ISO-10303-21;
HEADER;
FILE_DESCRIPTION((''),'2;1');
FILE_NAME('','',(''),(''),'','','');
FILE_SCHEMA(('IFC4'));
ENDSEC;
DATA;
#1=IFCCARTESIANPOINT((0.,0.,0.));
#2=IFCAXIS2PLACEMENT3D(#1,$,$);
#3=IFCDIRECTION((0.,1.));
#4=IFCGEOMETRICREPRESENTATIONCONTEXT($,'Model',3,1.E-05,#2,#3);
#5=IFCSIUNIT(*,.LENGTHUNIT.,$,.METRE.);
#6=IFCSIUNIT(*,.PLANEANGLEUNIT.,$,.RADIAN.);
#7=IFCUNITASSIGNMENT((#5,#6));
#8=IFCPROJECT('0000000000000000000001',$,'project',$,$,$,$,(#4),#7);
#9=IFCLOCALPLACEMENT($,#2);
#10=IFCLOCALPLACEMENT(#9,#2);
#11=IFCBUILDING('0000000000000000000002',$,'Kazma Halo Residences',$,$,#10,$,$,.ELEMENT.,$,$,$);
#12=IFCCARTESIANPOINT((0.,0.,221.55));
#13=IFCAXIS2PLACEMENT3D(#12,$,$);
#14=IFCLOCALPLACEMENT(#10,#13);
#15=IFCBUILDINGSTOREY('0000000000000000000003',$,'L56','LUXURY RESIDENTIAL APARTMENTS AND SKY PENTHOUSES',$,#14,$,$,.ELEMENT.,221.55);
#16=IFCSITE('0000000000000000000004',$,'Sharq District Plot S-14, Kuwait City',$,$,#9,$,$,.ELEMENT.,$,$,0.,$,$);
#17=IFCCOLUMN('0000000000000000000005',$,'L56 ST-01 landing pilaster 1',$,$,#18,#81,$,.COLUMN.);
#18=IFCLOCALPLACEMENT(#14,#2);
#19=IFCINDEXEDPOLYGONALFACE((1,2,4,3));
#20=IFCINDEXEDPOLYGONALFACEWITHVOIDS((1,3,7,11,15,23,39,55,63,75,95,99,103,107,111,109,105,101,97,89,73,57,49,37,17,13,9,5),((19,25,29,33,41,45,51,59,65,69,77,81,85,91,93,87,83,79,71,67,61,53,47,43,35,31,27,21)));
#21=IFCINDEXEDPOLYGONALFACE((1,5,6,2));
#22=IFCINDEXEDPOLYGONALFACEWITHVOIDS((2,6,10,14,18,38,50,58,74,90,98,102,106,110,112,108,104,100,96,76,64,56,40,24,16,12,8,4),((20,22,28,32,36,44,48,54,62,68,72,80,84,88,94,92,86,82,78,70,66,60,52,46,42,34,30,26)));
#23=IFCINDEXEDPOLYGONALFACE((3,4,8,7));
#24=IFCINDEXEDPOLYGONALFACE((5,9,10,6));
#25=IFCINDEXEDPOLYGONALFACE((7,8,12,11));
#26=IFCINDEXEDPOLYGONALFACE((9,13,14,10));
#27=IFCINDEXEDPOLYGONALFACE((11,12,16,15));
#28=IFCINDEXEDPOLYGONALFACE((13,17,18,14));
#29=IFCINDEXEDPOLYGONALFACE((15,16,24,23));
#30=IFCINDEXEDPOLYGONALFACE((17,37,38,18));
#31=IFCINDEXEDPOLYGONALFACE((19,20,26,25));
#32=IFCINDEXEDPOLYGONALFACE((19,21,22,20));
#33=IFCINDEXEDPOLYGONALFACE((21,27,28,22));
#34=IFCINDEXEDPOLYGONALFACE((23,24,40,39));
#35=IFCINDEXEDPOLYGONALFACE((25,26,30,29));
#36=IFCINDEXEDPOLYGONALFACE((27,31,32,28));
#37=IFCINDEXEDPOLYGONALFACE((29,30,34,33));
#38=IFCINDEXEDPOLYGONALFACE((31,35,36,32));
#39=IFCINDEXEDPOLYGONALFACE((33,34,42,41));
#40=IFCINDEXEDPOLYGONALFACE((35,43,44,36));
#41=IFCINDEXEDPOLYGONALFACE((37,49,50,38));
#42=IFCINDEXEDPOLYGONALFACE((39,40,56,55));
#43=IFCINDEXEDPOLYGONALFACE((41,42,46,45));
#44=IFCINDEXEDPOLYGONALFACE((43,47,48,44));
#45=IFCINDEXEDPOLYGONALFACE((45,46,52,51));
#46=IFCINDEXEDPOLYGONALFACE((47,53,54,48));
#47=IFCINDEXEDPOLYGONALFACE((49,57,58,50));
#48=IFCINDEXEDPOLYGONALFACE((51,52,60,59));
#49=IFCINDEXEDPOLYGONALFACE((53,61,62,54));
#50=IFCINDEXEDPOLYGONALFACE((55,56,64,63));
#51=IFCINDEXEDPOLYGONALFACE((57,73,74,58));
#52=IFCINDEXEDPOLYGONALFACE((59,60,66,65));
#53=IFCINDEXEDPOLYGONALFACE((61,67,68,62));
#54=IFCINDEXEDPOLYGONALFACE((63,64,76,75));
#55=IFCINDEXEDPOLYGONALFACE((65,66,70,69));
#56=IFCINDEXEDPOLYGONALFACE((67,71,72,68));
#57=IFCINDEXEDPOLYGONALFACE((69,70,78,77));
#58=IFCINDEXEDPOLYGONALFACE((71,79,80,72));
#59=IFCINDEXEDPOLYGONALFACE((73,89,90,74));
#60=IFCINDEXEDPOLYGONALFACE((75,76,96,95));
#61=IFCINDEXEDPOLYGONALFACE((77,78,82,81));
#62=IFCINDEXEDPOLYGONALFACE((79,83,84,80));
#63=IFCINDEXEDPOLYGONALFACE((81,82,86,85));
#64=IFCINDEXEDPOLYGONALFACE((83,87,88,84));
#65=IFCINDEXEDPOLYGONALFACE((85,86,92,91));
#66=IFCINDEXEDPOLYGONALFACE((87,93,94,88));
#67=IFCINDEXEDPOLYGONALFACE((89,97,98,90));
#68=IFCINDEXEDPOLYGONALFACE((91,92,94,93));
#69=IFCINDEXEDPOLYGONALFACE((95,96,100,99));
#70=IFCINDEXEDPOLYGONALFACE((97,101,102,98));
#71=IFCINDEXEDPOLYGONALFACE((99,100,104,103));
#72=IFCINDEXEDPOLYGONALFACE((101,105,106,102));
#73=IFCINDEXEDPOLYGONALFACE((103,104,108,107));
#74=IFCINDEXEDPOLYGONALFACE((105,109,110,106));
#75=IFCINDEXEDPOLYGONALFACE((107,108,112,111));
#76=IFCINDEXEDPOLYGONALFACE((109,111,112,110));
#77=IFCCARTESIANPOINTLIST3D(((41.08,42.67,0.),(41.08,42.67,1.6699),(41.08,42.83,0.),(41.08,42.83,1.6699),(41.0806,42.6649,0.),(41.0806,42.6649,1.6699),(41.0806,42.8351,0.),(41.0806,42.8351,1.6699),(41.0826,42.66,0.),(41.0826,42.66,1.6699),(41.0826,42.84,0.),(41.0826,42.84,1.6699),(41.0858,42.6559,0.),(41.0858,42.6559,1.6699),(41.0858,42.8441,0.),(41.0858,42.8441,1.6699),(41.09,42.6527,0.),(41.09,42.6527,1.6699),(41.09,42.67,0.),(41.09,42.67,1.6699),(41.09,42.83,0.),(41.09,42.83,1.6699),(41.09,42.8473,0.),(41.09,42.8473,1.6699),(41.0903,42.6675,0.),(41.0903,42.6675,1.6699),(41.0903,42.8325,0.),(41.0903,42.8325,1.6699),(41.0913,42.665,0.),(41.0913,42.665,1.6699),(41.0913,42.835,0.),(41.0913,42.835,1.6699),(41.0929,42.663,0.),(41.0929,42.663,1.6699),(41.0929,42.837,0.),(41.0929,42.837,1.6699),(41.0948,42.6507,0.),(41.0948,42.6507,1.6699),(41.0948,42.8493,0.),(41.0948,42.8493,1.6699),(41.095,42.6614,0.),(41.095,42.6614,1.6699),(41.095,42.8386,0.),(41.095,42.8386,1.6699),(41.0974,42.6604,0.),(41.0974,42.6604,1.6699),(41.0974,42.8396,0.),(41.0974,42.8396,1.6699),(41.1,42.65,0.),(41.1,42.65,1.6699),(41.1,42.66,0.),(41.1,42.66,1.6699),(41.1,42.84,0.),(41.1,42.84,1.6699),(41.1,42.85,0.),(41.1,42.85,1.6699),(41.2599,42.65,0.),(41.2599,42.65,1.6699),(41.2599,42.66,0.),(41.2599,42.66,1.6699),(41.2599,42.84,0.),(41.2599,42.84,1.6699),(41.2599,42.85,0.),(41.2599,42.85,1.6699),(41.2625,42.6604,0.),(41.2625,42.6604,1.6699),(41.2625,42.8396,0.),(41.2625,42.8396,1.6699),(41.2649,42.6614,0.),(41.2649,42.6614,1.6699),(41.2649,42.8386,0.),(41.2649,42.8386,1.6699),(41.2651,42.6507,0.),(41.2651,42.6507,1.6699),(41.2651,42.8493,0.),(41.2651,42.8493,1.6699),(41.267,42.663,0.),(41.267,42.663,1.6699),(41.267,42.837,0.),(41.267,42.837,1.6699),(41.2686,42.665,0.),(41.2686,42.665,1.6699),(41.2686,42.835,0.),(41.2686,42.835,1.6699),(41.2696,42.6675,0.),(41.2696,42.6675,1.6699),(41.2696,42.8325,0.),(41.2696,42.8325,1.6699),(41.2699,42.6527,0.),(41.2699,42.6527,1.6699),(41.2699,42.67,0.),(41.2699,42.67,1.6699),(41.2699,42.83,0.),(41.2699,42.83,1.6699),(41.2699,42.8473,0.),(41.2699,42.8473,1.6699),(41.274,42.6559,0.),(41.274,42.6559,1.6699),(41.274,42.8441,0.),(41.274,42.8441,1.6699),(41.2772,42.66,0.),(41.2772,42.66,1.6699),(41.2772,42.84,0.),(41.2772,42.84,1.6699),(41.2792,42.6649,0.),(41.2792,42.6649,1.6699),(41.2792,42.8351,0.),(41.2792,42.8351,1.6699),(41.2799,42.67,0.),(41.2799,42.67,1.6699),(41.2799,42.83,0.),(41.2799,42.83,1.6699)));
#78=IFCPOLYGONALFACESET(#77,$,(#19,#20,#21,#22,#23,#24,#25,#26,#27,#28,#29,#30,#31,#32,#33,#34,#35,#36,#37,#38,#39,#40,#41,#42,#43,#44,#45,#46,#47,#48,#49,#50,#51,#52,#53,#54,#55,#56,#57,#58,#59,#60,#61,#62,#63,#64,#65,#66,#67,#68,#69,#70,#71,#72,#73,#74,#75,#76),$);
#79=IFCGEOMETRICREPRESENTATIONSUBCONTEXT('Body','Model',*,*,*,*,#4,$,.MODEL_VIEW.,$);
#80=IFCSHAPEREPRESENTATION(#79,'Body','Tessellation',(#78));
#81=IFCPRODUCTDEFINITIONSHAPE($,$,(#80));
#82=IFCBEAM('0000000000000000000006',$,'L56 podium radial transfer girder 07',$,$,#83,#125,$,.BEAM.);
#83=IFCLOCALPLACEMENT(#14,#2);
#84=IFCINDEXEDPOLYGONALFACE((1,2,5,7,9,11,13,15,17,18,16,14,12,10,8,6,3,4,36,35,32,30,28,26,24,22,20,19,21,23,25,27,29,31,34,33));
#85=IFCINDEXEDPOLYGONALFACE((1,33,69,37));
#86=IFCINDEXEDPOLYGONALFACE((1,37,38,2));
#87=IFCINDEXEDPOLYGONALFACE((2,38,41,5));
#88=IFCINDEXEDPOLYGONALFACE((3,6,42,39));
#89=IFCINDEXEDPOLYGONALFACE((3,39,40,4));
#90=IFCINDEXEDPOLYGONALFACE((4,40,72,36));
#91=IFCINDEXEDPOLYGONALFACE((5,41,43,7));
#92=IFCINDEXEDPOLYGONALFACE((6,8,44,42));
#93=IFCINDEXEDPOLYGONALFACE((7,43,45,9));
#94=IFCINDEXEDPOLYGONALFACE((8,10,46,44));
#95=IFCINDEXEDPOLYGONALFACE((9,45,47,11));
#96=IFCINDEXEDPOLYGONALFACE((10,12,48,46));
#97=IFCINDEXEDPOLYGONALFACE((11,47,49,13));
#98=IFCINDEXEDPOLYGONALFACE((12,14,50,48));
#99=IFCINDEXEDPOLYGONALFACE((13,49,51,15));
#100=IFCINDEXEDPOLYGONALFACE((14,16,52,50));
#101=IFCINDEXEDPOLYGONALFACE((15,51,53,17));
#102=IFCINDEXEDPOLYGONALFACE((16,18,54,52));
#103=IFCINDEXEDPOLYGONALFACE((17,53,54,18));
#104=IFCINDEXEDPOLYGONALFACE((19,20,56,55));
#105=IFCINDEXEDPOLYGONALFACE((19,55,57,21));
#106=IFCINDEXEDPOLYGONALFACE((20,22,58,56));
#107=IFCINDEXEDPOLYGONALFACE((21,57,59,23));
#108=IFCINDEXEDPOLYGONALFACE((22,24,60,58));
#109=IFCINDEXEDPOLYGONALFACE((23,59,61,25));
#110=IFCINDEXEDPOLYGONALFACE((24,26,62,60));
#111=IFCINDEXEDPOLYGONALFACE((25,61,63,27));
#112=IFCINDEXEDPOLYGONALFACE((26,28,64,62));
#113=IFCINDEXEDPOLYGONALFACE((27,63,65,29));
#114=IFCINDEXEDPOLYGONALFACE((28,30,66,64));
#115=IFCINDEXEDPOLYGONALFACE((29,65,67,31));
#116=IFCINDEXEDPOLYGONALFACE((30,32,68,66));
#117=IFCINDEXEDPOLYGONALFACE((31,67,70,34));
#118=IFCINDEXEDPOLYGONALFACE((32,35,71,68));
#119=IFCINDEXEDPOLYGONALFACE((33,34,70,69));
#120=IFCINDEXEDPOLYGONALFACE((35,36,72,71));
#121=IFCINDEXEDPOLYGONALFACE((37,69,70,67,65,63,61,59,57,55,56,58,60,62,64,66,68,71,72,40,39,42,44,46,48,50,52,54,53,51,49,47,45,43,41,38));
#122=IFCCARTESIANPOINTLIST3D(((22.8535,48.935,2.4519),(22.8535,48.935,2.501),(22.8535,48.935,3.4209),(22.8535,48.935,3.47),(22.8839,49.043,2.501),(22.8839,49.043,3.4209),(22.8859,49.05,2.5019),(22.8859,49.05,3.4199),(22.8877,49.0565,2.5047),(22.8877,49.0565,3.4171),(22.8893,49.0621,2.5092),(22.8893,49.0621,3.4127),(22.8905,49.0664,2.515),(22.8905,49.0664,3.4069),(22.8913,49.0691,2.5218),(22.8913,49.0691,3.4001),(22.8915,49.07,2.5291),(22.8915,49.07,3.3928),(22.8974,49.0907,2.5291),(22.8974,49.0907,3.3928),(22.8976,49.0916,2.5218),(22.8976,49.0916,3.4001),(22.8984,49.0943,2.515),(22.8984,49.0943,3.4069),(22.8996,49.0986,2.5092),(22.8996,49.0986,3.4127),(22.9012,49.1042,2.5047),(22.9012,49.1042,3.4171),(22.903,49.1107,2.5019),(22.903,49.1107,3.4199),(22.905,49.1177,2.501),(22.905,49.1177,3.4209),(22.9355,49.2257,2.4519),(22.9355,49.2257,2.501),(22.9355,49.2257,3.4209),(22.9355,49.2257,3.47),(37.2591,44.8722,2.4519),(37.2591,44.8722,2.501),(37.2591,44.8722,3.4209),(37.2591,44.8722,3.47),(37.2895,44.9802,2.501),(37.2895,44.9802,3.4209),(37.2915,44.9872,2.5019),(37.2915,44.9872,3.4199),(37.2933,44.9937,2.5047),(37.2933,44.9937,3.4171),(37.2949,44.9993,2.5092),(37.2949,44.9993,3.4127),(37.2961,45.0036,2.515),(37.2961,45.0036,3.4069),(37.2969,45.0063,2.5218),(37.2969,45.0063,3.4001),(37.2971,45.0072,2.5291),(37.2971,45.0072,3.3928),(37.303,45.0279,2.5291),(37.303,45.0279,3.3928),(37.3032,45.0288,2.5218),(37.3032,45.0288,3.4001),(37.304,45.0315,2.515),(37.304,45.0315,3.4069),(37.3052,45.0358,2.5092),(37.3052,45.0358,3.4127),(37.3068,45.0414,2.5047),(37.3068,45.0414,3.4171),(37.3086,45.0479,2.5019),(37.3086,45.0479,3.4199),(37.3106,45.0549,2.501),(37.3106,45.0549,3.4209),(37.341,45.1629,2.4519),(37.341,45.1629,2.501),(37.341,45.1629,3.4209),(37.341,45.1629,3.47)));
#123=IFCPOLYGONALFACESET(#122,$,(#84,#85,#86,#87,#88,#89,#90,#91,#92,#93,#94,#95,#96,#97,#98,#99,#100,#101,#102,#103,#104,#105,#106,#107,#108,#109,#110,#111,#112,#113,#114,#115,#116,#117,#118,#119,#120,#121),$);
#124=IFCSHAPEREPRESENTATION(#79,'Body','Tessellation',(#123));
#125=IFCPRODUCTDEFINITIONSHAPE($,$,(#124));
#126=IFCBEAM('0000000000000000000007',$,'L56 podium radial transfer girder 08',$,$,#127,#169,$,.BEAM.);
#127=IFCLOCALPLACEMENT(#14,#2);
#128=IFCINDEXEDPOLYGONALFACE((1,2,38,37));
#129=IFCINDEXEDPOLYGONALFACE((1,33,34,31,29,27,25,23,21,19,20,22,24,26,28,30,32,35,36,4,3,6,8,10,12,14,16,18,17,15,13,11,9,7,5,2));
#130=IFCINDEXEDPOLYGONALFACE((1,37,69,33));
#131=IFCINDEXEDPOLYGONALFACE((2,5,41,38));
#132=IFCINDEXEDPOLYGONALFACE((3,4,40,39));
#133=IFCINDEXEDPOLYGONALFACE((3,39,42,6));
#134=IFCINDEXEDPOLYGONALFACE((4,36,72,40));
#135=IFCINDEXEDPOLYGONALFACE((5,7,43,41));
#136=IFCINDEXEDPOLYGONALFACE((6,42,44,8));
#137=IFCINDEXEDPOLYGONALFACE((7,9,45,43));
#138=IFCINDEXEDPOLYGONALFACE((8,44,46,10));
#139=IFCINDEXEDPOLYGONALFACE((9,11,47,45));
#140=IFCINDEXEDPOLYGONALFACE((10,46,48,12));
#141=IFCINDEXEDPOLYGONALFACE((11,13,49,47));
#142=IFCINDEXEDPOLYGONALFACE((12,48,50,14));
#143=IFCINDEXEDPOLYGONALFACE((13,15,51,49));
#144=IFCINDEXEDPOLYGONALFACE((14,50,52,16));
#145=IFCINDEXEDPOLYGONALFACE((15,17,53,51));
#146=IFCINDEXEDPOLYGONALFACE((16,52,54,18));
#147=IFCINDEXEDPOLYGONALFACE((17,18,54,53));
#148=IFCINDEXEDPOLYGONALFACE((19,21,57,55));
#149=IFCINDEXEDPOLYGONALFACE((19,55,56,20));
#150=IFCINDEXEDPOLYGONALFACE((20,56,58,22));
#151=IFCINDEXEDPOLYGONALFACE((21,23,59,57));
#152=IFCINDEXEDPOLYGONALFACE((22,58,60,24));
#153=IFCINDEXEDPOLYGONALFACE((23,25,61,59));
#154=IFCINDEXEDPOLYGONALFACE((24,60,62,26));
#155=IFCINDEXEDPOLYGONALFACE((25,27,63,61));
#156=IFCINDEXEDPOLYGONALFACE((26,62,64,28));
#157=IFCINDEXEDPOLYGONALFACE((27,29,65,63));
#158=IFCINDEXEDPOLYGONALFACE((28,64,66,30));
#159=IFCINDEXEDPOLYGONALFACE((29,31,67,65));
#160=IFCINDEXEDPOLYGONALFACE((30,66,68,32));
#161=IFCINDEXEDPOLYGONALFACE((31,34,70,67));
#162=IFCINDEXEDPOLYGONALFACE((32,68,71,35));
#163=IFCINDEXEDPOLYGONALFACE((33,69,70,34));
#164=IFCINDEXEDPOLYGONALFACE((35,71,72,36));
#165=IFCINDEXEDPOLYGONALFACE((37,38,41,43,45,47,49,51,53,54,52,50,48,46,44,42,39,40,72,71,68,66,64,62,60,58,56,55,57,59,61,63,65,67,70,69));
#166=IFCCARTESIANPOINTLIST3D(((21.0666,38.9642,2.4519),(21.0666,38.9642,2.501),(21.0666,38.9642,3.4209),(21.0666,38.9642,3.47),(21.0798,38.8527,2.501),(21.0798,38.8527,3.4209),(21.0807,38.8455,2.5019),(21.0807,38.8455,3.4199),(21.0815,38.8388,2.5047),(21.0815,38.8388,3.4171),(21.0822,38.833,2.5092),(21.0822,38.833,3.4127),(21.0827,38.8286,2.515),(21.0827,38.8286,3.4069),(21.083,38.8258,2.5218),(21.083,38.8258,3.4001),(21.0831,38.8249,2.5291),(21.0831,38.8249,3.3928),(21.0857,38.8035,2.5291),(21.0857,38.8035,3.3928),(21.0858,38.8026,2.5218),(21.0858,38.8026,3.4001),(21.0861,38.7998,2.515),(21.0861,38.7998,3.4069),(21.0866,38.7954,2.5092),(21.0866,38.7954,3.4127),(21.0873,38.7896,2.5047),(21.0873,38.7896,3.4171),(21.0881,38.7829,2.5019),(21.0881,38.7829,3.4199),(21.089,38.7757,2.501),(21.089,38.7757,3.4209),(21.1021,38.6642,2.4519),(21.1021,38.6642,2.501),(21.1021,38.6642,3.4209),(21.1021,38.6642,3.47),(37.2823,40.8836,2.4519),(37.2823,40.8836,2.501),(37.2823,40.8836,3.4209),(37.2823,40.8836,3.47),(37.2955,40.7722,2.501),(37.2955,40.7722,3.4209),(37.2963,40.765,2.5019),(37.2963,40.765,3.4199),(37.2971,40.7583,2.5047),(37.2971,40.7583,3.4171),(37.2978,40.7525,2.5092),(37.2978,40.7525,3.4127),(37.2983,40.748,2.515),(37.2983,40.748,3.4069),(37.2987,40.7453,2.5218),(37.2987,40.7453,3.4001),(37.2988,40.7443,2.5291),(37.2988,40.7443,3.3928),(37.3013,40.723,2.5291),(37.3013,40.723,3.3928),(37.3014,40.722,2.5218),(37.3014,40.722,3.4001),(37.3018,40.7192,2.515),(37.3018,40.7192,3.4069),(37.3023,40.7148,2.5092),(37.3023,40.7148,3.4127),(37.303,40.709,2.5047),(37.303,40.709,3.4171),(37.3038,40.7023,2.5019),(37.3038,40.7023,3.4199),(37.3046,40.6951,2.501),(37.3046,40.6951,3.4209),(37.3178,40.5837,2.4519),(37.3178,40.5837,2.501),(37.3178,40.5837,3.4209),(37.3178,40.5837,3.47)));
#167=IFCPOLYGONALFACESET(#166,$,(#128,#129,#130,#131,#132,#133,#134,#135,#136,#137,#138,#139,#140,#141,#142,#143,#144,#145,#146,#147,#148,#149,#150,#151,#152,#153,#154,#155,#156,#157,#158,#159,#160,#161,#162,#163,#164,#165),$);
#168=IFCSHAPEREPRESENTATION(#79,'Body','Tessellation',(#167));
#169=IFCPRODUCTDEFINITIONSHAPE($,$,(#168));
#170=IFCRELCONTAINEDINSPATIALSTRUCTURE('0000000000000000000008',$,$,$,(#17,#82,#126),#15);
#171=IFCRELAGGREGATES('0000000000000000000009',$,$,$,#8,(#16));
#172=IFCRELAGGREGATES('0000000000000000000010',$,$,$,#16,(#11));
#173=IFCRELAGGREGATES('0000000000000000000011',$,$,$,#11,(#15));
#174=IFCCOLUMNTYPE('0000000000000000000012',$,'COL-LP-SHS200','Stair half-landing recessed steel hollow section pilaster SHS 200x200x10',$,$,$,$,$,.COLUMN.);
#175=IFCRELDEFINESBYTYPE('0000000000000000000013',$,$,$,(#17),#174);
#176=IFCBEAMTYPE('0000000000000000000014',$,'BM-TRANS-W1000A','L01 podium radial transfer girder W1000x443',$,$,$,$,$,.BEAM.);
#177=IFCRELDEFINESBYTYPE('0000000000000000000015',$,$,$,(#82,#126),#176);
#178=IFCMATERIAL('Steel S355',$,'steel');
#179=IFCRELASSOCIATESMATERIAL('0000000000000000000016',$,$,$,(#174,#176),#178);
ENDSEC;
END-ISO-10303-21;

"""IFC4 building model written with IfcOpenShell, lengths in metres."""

from ifc_helpers import new_model, si_unit, direction, frame, origin, origin_2d, place, context, subcontext, project, spatial, hollow_rectangle, i_section, extrude, material, material_profile, profile_set, type_object, element, save


model = new_model("IFC4")

# Units and contexts
model_context = context("Model", 3, precision=1e-05, world=origin(), true_north=direction((0.0, 1.0)))
body_context = subcontext(model_context, "Body", "Model", "MODEL_VIEW")
ifc_project = project(units=[si_unit("LENGTHUNIT", "METRE"), si_unit("PLANEANGLEUNIT", "RADIAN")], contexts=[model_context])

# Site, building, storey
site_placement = place(None, origin())
site = spatial("IfcSite", under=ifc_project, at=site_placement, Name="Sharq District Plot S-14, Kuwait City", CompositionType="ELEMENT", RefElevation=0.0)
building_placement = place(site_placement, origin())
building = spatial("IfcBuilding", under=site, at=building_placement, Name="Kazma Halo Residences", CompositionType="ELEMENT")
storey_placement = place(building_placement, frame((0.0, 0.0, 221.55)))
storey = spatial("IfcBuildingStorey", under=building, at=storey_placement, Name="L56", Description="LUXURY RESIDENTIAL APARTMENTS AND SKY PENTHOUSES", CompositionType="ELEMENT", Elevation=221.55)

# Column
ifc_material_1 = material(Name="Steel S355", Category="steel")
ifc_material_profile_1 = material_profile(ifc_material_1, hollow_rectangle(XDim=0.2, YDim=0.2, WallThickness=0.01, InnerFilletRadius=0.01, OuterFilletRadius=0.02, at=origin_2d()), Name="SHS200x200x10")
ifc_profile_set_1 = profile_set([ifc_material_profile_1], Name="Steel S355")
column_type = type_object("IfcColumnType", Name="COL-LP-SHS200", Description="Stair half-landing recessed steel hollow section pilaster SHS 200x200x10", PredefinedType="COLUMN", material=ifc_profile_set_1)
column_placement = place(storey_placement, frame((41.1799, 42.75, 0.0), z_axis=(0.0, 0.0, 1.0), x_axis=(1.0, 0.0, 0.0)))
element("IfcColumn", 1, at=column_placement, inside=storey, type_object=column_type, Name="L56 ST-01 landing pilaster 1", PredefinedType="COLUMN", context=body_context, shape_type="SweptSolid", body=[
    extrude(hollow_rectangle(XDim=0.2, YDim=0.2, WallThickness=0.01, InnerFilletRadius=0.01, OuterFilletRadius=0.02, at=origin_2d()), origin(), (0.0, 0.0, 1.0), 1.6699),
])

# Beams
ifc_material_profile_2 = material_profile(ifc_material_1, i_section(OverallWidth=0.302, OverallDepth=1.0181, WebThickness=0.0215, FlangeThickness=0.0491, FilletRadius=0.0281, at=origin_2d()), Name="W1000x443")
ifc_profile_set_2 = profile_set([ifc_material_profile_2], Name="Steel S355")
beam_type_1 = type_object("IfcBeamType", Name="BM-TRANS-W1000A", Description="L01 podium radial transfer girder W1000x443", PredefinedType="BEAM", material=ifc_profile_set_2)
beam_1_placement = place(storey_placement, frame((37.3, 45.0176, 2.9609), z_axis=(-0.962456, 0.271438, 0.0), x_axis=(-0.271438, -0.962456, 0.0)))
element("IfcBeam", 2, at=beam_1_placement, inside=storey, type_object=beam_type_1, Name="L56 podium radial transfer girder 07", PredefinedType="BEAM", context=body_context, shape_type="SweptSolid", body=[
    extrude(i_section(OverallWidth=0.302, OverallDepth=1.0181, WebThickness=0.0215, FlangeThickness=0.0491, FilletRadius=0.0281, at=origin_2d()), origin(), (0.0, 0.0, 1.0), 14.9675),
])
beam_2_placement = place(storey_placement, frame((37.3, 40.7336, 2.9609), z_axis=(-0.993067, -0.117549, 0.0), x_axis=(0.117549, -0.993067, 0.0)))
element("IfcBeam", 3, at=beam_2_placement, inside=storey, type_object=beam_type_1, Name="L56 podium radial transfer girder 08", PredefinedType="BEAM", context=body_context, shape_type="SweptSolid", body=[
    extrude(i_section(OverallWidth=0.302, OverallDepth=1.0181, WebThickness=0.0215, FlangeThickness=0.0491, FilletRadius=0.0281, at=origin_2d()), origin(), (0.0, 0.0, 1.0), 16.3289),
])

save(model, "model.ifc")
